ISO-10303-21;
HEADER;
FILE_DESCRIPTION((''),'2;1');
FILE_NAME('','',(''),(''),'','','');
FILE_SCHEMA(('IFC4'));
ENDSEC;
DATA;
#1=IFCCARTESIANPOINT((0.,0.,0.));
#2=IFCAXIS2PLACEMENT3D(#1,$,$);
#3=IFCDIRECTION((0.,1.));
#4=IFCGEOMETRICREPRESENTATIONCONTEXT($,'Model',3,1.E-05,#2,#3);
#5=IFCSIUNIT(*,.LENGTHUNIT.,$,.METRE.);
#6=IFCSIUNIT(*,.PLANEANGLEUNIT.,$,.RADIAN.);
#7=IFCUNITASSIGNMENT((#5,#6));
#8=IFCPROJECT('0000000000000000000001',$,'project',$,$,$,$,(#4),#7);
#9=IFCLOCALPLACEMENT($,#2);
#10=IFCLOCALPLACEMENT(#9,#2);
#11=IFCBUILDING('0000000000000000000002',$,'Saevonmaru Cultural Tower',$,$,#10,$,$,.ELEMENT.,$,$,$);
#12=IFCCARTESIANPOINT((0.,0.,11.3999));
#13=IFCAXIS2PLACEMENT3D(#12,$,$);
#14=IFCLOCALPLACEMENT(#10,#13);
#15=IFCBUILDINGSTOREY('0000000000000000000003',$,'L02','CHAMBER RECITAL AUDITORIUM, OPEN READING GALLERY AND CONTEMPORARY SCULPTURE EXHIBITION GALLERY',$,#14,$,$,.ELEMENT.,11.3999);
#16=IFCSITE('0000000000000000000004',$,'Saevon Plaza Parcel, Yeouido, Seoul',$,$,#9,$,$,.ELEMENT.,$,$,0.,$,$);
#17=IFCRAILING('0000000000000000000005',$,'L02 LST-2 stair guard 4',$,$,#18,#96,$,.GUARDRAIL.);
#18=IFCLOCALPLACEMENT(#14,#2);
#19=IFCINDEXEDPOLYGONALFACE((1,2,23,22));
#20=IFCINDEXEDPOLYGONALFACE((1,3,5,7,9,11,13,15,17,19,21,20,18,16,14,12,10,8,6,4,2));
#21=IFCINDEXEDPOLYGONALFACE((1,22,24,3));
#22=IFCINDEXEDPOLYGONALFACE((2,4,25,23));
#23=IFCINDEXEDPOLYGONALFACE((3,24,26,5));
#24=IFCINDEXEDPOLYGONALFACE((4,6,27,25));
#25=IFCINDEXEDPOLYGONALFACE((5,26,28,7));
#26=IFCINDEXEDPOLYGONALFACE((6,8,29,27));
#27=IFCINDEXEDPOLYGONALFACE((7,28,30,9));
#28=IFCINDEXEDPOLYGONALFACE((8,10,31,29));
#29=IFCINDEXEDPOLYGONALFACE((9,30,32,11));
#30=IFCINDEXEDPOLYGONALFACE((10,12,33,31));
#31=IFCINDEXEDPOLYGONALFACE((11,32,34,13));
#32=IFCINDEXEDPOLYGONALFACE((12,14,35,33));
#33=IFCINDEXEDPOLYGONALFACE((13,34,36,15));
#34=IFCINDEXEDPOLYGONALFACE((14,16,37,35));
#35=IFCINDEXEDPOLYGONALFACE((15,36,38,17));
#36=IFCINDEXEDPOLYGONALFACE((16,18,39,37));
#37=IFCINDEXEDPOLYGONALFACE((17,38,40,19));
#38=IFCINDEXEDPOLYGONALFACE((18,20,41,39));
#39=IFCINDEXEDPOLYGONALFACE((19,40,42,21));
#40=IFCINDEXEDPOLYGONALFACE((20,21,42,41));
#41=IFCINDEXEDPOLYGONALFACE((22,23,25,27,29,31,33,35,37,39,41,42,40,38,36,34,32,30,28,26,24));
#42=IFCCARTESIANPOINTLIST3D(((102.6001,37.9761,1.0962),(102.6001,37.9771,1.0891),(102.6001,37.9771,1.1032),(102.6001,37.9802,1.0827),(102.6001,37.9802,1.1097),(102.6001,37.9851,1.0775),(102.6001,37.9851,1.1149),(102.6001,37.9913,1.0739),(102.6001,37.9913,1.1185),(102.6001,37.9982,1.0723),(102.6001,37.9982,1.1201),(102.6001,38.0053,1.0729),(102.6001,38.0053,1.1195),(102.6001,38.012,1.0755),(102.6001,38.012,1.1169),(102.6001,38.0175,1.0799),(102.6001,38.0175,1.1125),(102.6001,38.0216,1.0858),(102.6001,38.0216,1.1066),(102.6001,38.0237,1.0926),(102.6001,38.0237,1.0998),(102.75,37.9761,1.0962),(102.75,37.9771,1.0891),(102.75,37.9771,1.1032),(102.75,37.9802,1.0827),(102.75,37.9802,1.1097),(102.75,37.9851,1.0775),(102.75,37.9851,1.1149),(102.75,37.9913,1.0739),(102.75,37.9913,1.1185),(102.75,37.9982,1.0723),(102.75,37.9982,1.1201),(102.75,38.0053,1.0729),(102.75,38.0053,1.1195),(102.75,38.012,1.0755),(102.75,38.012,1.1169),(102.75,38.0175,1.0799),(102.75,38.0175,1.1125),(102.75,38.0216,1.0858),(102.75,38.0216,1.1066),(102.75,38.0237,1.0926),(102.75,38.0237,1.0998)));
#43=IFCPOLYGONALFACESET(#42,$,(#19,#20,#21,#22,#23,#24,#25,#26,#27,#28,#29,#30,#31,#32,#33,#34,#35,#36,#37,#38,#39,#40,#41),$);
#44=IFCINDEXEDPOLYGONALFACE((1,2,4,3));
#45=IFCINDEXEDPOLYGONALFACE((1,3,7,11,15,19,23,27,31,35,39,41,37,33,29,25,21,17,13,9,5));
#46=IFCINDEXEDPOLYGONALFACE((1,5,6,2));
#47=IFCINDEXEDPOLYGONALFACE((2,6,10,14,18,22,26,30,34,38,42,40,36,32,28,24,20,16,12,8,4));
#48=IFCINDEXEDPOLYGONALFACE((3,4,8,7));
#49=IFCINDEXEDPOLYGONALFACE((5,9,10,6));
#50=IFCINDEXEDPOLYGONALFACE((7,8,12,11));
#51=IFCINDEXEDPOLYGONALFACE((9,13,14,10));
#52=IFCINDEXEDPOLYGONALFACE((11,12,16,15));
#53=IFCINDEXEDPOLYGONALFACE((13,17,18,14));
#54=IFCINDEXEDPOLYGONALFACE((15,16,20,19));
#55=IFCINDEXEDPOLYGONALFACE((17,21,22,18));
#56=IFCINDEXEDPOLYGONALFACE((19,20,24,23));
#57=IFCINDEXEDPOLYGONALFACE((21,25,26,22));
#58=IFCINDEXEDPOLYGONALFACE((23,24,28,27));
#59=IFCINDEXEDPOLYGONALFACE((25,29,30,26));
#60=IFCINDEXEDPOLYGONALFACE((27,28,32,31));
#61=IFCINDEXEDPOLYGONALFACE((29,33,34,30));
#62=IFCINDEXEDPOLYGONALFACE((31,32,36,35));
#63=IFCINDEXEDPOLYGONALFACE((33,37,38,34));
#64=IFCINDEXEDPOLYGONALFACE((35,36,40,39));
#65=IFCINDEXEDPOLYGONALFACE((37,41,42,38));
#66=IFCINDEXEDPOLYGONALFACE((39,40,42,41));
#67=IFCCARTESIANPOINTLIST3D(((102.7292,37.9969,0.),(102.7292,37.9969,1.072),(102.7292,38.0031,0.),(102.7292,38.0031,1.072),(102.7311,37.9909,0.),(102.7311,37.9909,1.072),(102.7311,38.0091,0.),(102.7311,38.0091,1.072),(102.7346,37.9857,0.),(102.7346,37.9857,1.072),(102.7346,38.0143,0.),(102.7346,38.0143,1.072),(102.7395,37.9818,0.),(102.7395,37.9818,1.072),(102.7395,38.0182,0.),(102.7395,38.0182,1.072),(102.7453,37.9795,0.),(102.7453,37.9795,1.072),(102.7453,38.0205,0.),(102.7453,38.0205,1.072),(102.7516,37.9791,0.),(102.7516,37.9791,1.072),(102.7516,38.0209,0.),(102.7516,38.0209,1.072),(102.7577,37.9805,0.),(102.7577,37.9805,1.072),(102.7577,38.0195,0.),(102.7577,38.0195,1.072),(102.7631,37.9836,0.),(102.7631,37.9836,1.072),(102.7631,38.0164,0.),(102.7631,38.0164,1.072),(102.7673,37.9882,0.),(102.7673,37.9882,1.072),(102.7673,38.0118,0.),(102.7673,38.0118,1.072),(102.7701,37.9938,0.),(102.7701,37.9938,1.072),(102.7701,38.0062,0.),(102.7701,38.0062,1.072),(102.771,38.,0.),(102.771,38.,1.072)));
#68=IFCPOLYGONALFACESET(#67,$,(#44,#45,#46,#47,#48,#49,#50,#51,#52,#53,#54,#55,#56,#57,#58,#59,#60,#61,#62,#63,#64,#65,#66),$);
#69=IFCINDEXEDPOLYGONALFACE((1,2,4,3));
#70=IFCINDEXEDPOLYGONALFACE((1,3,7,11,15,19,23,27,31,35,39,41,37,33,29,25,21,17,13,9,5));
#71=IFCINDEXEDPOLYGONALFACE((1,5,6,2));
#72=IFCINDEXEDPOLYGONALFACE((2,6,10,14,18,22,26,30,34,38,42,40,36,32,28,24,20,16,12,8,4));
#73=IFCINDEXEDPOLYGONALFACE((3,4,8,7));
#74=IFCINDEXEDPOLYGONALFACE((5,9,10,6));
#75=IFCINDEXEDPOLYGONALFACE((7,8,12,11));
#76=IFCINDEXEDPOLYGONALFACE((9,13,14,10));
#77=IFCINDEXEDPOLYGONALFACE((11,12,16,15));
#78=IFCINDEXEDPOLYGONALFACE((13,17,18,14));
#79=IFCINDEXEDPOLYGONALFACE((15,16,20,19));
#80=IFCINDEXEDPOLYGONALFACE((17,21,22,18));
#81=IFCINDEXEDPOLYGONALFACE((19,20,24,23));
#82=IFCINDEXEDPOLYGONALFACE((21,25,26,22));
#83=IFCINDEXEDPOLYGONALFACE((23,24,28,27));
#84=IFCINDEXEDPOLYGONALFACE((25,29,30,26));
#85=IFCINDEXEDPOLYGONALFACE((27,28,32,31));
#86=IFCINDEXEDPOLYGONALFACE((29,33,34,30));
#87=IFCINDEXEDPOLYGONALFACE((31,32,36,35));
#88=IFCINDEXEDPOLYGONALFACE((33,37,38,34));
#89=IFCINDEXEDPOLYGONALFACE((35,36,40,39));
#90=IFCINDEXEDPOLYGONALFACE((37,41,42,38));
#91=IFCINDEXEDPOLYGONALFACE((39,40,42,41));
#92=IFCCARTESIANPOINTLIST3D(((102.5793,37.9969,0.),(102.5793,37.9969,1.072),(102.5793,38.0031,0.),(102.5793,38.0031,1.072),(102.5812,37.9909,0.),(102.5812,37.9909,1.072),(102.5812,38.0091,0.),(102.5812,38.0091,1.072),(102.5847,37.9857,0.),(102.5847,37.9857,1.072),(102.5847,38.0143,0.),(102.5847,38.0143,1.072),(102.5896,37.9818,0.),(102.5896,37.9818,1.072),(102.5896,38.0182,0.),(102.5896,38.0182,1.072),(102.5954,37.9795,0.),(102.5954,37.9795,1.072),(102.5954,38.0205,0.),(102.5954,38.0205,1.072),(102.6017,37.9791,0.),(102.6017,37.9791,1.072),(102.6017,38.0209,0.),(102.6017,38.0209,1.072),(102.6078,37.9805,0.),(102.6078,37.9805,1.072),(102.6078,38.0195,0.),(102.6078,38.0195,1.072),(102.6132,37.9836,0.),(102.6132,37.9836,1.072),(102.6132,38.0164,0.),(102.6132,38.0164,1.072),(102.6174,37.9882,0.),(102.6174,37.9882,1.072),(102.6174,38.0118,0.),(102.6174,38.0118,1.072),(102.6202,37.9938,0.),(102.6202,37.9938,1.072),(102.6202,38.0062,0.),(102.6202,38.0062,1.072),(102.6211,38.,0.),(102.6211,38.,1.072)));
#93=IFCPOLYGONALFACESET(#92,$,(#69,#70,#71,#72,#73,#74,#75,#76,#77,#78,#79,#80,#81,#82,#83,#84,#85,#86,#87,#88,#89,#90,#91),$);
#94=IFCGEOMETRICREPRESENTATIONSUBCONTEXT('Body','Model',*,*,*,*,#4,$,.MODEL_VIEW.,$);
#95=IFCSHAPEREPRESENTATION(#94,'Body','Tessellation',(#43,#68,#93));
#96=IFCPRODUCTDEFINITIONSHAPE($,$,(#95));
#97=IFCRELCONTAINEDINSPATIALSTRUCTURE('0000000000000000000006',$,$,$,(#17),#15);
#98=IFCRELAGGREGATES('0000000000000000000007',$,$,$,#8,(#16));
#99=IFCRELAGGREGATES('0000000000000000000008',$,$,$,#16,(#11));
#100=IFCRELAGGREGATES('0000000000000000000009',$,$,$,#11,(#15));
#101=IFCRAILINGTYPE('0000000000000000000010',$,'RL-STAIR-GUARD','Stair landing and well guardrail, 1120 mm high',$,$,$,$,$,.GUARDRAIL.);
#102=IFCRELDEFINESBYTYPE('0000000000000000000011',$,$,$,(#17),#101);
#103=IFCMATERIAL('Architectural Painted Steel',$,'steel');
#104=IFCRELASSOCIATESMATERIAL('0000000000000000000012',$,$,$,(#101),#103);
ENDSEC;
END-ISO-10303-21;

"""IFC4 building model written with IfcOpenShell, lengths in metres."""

from ifc_helpers import new_model, si_unit, direction, frame, origin, origin_2d, place, context, subcontext, project, spatial, circle, extrude, material, type_object, element, save


model = new_model("IFC4")

# Units and contexts
model_context = context("Model", 3, precision=1e-05, world=origin(), true_north=direction((0.0, 1.0)))
body_context = subcontext(model_context, "Body", "Model", "MODEL_VIEW")
ifc_project = project(units=[si_unit("LENGTHUNIT", "METRE"), si_unit("PLANEANGLEUNIT", "RADIAN")], contexts=[model_context])

# Site, building, storey
site_placement = place(None, origin())
site = spatial("IfcSite", under=ifc_project, at=site_placement, Name="Saevon Plaza Parcel, Yeouido, Seoul", CompositionType="ELEMENT", RefElevation=0.0)
building_placement = place(site_placement, origin())
building = spatial("IfcBuilding", under=site, at=building_placement, Name="Saevonmaru Cultural Tower", CompositionType="ELEMENT")
storey_placement = place(building_placement, frame((0.0, 0.0, 11.3999)))
storey = spatial("IfcBuildingStorey", under=building, at=storey_placement, Name="L02", Description="CHAMBER RECITAL AUDITORIUM, OPEN READING GALLERY AND CONTEMPORARY SCULPTURE EXHIBITION GALLERY", CompositionType="ELEMENT", Elevation=11.3999)

# Railing
ifc_material_1 = material(Name="Architectural Painted Steel", Category="steel")
railing_type_1 = type_object("IfcRailingType", Name="RL-STAIR-GUARD", Description="Stair landing and well guardrail, 1120 mm high", PredefinedType="GUARDRAIL", material=ifc_material_1)
railing_1_placement = place(storey_placement, frame((102.75, 38.0, 0.0)))
element("IfcRailing", 1, at=railing_1_placement, inside=storey, type_object=railing_type_1, Name="L02 LST-2 stair guard 4", PredefinedType="GUARDRAIL", context=body_context, shape_type="SweptSolid", body=[
    extrude(circle(Radius=0.0239, at=origin_2d()), frame((0.0, 0.0, 1.0962), z_axis=(-1.0, 0.0, 0.0), x_axis=(0.0, -1.0, 0.0)), (0.0, 0.0, 1.0), 0.1499),
    extrude(circle(Radius=0.021, at=origin_2d()), origin(), (0.0, 0.0, 1.0), 1.072),
    extrude(circle(Radius=0.021, at=origin_2d()), frame((-0.1499, 0.0, 0.0)), (0.0, 0.0, 1.0), 1.072),
])

save(model, "model.ifc")
